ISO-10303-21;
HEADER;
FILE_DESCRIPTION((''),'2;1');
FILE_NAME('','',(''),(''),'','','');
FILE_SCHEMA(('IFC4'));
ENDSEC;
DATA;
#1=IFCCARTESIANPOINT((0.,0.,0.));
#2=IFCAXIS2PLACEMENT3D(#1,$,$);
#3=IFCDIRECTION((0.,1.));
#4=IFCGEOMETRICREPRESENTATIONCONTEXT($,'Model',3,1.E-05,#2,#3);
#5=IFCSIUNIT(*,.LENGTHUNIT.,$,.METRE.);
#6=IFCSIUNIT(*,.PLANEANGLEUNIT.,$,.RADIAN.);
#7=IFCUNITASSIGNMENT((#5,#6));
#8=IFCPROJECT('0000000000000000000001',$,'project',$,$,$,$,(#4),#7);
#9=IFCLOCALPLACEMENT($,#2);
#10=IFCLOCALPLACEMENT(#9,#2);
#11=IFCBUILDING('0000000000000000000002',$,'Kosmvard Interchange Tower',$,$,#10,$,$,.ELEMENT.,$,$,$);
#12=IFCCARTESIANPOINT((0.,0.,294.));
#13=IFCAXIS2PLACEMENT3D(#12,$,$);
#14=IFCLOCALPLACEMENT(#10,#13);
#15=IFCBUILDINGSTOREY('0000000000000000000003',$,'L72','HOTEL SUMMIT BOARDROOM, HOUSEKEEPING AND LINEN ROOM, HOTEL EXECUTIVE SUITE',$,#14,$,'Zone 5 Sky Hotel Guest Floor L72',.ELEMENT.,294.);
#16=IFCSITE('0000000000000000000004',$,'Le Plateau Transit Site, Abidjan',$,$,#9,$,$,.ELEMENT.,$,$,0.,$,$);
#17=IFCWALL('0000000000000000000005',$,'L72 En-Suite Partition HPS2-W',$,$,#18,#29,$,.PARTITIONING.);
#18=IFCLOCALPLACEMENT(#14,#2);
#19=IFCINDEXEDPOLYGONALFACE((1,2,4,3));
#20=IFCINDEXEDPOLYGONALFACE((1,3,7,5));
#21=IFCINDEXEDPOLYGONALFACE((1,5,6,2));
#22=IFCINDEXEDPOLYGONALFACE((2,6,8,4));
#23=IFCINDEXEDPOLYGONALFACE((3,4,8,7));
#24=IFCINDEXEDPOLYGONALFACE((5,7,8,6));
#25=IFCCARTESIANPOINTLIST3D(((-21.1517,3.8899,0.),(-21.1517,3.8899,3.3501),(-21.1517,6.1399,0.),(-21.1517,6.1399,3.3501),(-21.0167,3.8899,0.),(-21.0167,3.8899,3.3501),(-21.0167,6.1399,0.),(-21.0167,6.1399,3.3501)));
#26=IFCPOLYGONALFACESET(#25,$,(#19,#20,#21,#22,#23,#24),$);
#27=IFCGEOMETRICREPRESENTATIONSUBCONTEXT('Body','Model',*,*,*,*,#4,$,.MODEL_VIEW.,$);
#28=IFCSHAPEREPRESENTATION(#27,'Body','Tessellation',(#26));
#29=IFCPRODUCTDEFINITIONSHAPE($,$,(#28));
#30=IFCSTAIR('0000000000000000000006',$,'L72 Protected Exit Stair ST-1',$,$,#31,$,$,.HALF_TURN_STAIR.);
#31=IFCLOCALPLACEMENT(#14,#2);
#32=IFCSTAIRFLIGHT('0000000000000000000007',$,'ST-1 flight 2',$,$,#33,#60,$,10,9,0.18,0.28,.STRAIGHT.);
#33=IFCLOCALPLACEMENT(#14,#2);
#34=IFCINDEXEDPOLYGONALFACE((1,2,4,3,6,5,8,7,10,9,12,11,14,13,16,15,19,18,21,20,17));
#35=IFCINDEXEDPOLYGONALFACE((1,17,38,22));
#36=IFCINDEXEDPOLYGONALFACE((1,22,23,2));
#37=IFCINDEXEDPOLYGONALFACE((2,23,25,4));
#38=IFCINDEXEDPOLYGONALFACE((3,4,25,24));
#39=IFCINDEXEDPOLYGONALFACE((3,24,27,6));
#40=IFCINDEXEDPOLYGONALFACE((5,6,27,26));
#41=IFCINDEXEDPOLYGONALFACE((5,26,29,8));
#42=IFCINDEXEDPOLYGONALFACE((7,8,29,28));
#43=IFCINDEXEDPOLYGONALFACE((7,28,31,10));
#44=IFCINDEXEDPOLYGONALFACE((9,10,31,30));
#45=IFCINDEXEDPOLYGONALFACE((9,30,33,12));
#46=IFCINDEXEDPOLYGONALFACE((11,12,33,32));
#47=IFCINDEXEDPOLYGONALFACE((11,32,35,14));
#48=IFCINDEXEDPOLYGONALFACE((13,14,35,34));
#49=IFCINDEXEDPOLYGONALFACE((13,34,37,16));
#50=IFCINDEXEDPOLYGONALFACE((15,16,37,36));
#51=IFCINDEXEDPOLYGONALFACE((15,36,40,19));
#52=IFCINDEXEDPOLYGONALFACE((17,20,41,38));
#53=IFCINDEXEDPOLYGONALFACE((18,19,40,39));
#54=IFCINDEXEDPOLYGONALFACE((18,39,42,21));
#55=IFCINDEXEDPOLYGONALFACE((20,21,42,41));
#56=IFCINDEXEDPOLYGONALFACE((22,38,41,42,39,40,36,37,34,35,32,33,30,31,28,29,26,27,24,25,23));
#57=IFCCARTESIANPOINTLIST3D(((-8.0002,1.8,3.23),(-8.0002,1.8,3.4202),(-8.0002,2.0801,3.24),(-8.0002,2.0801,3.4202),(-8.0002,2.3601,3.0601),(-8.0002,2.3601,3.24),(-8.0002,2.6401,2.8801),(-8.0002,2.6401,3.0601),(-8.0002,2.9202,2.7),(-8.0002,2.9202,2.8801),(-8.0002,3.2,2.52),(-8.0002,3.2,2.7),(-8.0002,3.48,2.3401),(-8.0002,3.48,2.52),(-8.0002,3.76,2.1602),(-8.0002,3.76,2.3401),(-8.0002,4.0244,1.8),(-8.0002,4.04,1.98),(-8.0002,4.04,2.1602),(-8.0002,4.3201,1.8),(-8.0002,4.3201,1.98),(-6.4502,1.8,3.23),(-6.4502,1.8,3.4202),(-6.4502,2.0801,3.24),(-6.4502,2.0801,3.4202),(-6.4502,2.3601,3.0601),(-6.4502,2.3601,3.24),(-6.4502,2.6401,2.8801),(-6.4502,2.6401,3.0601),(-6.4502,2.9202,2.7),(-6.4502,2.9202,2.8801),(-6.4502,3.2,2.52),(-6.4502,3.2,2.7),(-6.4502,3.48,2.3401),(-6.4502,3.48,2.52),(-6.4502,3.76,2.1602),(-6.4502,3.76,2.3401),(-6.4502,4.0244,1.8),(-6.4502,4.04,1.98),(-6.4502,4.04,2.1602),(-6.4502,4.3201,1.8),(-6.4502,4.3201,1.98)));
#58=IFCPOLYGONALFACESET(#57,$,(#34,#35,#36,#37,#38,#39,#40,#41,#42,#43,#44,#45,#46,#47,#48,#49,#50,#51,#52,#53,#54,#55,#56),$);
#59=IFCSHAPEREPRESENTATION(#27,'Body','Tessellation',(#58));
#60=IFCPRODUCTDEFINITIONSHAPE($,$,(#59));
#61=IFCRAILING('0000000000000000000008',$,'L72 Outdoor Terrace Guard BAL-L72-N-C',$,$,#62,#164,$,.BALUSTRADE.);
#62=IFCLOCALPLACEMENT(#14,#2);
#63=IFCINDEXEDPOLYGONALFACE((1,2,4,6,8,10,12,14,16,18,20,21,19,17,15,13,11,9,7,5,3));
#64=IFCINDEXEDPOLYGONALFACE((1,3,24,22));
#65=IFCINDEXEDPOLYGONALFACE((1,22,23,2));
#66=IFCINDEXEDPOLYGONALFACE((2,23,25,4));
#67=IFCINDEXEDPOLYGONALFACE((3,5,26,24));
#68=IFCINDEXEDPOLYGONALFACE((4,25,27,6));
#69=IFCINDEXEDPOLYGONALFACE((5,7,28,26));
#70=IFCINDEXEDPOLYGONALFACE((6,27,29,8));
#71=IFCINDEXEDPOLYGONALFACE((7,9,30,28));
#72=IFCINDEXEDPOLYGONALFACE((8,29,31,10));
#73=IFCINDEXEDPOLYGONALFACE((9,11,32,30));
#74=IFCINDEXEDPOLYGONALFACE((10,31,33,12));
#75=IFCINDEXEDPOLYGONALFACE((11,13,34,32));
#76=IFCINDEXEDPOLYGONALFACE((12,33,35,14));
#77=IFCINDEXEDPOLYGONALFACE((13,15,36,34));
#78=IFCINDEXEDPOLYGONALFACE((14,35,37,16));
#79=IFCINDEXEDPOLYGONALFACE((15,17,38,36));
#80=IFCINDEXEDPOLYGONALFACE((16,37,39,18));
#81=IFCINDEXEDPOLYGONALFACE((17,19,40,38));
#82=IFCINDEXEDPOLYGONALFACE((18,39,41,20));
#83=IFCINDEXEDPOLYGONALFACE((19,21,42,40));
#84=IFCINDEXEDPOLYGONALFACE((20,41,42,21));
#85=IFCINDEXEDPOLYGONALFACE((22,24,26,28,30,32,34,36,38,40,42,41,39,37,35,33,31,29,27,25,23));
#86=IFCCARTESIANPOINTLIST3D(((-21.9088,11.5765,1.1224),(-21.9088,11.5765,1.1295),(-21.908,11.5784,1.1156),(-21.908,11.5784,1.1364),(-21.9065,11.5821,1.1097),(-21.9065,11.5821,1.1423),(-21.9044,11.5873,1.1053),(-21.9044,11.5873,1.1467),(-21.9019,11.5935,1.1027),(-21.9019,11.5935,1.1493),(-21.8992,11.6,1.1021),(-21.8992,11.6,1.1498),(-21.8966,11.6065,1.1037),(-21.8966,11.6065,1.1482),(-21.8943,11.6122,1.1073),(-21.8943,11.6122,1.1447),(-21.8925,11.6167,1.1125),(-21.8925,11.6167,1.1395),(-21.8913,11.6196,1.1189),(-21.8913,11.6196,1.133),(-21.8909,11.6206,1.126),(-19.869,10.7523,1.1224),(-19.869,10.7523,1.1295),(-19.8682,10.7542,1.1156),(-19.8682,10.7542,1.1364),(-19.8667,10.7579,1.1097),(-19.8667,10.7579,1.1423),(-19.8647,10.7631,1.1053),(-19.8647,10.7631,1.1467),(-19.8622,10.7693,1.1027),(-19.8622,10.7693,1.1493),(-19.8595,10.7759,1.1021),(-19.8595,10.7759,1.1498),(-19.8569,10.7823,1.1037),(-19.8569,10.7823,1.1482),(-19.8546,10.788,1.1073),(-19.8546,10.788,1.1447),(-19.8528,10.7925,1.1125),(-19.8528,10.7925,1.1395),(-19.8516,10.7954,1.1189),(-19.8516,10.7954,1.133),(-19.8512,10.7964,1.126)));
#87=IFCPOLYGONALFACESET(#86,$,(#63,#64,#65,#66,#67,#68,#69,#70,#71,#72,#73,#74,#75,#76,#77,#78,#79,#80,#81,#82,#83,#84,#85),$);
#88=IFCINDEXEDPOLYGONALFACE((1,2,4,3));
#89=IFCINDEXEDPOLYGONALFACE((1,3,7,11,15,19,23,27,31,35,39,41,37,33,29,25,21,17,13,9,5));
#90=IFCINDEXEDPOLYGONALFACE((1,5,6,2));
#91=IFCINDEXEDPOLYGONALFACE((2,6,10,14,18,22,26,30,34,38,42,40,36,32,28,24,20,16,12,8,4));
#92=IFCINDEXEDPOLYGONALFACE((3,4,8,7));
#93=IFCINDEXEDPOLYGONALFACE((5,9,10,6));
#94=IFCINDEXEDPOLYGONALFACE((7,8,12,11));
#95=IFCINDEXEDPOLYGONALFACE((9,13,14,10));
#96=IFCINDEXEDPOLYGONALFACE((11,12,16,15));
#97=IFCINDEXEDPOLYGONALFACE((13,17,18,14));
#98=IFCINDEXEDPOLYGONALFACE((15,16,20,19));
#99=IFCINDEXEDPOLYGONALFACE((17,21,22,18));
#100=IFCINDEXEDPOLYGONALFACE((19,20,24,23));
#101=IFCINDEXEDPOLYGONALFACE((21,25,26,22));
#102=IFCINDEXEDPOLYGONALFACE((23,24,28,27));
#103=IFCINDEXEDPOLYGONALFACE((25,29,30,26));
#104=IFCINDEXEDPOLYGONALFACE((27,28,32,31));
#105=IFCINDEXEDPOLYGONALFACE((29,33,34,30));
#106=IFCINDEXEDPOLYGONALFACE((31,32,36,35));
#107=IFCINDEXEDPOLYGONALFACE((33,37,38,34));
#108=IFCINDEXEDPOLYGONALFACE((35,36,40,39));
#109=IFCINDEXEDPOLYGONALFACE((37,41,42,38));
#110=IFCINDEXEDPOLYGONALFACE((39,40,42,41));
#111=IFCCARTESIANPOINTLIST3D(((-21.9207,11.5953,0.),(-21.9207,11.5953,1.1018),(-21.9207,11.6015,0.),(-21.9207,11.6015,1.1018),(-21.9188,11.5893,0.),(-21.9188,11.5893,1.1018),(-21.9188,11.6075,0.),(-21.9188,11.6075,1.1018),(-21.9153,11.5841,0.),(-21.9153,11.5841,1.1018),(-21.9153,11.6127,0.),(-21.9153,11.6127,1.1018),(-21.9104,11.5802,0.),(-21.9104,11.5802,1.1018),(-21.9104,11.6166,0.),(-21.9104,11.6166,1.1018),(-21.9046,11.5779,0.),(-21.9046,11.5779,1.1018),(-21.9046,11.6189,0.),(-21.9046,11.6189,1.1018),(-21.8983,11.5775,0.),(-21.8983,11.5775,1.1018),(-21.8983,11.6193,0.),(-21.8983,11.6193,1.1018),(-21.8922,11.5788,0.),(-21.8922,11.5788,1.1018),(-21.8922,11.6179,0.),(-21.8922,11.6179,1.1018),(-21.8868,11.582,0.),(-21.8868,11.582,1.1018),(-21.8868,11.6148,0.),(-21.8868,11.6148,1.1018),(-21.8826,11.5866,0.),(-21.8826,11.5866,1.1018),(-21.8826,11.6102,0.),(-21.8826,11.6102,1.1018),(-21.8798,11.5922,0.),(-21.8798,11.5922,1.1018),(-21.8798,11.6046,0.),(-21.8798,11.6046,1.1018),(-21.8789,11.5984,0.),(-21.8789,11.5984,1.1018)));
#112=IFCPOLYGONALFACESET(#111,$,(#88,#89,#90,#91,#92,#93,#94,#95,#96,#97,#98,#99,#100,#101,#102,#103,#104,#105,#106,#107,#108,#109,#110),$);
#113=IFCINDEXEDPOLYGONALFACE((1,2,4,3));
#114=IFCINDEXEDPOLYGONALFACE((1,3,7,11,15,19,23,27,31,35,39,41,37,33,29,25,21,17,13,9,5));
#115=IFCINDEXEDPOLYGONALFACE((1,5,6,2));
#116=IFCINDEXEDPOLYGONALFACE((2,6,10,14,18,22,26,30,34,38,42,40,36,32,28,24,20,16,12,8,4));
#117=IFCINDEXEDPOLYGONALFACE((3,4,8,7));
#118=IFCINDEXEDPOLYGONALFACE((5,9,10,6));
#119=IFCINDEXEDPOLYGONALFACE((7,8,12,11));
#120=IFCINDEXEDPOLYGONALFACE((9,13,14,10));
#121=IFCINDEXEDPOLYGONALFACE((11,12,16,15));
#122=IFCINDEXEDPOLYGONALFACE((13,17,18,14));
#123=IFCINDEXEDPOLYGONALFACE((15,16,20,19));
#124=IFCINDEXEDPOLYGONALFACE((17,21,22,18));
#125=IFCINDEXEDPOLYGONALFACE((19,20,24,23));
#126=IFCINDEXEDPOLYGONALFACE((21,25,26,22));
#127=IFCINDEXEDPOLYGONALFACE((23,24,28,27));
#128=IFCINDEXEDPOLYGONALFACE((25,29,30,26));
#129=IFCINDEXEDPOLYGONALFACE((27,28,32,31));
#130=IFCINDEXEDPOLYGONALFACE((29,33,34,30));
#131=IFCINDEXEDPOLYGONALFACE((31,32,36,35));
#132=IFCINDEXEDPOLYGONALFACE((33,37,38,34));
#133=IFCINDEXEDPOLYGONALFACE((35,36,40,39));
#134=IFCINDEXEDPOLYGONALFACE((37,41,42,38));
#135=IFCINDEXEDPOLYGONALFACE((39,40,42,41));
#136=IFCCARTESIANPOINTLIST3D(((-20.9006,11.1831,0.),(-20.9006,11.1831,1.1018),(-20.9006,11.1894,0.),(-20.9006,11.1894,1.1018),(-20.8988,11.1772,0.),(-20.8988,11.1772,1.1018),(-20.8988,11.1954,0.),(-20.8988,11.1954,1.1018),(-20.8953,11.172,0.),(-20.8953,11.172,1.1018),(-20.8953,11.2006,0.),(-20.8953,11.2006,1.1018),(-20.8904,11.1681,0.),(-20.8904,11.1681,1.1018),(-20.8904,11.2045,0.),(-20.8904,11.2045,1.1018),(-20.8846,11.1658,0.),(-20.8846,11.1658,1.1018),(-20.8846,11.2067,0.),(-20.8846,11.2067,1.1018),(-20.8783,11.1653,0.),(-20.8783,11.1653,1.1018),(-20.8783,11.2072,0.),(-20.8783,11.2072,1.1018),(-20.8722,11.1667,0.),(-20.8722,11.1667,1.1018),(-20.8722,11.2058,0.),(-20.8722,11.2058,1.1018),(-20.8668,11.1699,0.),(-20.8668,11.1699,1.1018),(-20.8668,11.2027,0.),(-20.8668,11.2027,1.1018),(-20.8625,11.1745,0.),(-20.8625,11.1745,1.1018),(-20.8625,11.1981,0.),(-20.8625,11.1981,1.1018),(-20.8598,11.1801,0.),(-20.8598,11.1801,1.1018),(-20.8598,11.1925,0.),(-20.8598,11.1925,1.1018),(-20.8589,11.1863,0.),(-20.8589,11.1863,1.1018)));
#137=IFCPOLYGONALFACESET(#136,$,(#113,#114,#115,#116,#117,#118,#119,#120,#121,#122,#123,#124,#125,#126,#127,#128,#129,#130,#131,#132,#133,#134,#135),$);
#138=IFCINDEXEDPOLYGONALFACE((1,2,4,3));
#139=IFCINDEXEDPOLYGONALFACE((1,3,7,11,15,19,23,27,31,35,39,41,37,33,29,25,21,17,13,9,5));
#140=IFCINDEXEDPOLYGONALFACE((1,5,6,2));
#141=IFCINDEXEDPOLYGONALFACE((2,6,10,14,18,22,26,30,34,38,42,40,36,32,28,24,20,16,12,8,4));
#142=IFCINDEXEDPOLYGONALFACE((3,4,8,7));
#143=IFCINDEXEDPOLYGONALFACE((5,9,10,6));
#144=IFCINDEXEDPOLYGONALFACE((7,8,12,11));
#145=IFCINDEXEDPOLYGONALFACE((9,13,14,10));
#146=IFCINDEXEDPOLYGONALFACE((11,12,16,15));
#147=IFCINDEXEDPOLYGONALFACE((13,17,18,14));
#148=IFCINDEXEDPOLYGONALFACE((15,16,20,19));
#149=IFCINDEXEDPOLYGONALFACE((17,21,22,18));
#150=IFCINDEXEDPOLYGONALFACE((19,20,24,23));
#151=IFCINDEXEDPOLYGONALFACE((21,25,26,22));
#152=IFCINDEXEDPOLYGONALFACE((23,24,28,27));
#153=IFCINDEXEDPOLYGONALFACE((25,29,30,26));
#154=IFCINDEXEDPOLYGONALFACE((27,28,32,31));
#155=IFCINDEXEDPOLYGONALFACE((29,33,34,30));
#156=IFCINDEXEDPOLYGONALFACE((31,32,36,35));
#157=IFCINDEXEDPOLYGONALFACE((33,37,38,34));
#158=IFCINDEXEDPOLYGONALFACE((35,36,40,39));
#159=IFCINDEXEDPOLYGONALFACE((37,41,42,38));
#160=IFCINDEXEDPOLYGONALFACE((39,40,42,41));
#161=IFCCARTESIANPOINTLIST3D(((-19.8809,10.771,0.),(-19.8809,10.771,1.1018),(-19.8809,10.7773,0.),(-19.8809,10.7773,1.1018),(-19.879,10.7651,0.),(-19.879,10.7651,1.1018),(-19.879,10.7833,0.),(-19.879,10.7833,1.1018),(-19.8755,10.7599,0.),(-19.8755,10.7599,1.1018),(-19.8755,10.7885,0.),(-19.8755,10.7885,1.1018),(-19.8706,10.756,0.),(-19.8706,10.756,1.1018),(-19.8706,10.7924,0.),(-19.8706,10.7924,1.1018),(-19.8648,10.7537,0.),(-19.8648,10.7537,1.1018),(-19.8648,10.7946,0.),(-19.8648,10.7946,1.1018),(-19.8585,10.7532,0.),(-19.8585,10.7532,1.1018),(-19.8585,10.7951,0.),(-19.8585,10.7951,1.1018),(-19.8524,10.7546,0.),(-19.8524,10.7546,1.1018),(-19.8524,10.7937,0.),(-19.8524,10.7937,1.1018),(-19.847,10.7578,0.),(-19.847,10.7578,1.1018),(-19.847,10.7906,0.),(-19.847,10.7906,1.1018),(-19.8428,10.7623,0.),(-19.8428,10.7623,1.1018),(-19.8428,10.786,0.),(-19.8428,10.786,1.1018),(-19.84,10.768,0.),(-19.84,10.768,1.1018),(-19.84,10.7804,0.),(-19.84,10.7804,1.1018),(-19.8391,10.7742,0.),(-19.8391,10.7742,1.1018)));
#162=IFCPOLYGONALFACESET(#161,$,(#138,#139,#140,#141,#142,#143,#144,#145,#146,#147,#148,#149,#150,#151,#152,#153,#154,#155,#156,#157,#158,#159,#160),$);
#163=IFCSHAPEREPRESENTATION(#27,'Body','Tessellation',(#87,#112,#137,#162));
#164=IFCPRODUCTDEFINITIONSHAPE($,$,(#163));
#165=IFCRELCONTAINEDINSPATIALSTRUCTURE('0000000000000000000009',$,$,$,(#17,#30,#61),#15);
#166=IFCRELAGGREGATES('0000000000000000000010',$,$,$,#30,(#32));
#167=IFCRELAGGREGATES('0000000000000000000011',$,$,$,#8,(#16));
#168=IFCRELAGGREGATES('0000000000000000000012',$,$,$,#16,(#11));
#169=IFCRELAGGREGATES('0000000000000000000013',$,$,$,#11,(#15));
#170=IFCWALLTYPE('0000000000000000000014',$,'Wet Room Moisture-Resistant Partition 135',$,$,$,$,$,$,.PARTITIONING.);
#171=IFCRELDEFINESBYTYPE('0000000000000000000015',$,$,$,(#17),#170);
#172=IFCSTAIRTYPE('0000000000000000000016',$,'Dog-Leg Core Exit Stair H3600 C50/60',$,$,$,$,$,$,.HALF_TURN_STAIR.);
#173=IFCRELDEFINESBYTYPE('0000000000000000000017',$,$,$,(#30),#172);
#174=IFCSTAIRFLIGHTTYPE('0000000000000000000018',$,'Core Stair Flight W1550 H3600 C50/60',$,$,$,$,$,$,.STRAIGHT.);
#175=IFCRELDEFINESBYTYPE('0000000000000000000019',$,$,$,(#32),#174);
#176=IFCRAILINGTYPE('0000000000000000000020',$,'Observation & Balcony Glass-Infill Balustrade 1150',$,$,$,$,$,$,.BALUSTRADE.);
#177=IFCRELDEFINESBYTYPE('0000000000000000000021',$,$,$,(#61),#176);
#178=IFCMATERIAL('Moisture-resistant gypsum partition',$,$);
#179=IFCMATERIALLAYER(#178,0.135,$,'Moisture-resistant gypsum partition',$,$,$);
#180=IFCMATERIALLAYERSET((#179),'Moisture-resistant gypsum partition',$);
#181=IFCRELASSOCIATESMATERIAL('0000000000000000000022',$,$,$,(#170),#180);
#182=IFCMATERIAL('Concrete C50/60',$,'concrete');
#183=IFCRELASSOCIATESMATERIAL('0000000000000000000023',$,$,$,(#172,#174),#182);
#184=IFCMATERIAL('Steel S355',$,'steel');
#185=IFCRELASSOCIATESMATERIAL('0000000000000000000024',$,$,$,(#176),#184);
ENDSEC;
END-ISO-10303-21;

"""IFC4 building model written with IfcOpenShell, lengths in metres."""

from ifc_helpers import new_model, si_unit, direction, frame, frame_2d, origin, origin_2d, place, context, subcontext, project, spatial, polyline, rectangle, circle, outline, extrude, source, transform, mapped, material, layer, layer_set, type_object, element, aggregate, save


model = new_model("IFC4")

# Units and contexts
model_context = context("Model", 3, precision=1e-05, world=origin(), true_north=direction((0.0, 1.0)))
body_context = subcontext(model_context, "Body", "Model", "MODEL_VIEW")
ifc_project = project(units=[si_unit("LENGTHUNIT", "METRE"), si_unit("PLANEANGLEUNIT", "RADIAN")], contexts=[model_context])

# Site, building, storey
site_placement = place(None, origin())
site = spatial("IfcSite", under=ifc_project, at=site_placement, Name="Le Plateau Transit Site, Abidjan", CompositionType="ELEMENT", RefElevation=0.0)
building_placement = place(site_placement, origin())
building = spatial("IfcBuilding", under=site, at=building_placement, Name="Kosmvard Interchange Tower", CompositionType="ELEMENT")
storey_placement = place(building_placement, frame((0.0, 0.0, 294.0)))
storey = spatial("IfcBuildingStorey", under=building, at=storey_placement, Name="L72", Description="HOTEL SUMMIT BOARDROOM, HOUSEKEEPING AND LINEN ROOM, HOTEL EXECUTIVE SUITE", LongName="Zone 5 Sky Hotel Guest Floor L72", CompositionType="ELEMENT", Elevation=294.0)

# Shared definitions
ifc_material_1 = material(Name="Concrete C50/60", Category="concrete")

# Shared definitions
ifc_material_2 = material(Name="Steel S355", Category="steel")

# Shared definitions
ifc_material_3 = material(Name="Moisture-resistant gypsum partition")
ifc_layer_1 = layer(ifc_material_3, 0.135, Name="Moisture-resistant gypsum partition")
ifc_layer_set_1 = layer_set([ifc_layer_1], Name="Moisture-resistant gypsum partition")
wall_type_1 = type_object("IfcWallType", Name="Wet Room Moisture-Resistant Partition 135", PredefinedType="PARTITIONING", material=ifc_layer_set_1)

# Wall
wall_1_placement = place(storey_placement, frame((-21.0842, 3.8899, 0.0), z_axis=(0.0, 0.0, 1.0), x_axis=(0.0, 1.0, 0.0)))
element("IfcWall", 1, at=wall_1_placement, inside=storey, type_object=wall_type_1, Name="L72 En-Suite Partition HPS2-W", PredefinedType="PARTITIONING", context=body_context, shape_type="SweptSolid", body=[
    extrude(rectangle(XDim=2.25, YDim=0.135, at=frame_2d((1.125, 0.0))), origin(), (0.0, 0.0, 1.0), 3.3501),
])

# Stair, stair flight
stair_type = type_object("IfcStairType", Name="Dog-Leg Core Exit Stair H3600 C50/60", PredefinedType="HALF_TURN_STAIR", material=ifc_material_1)
stair_placement = place(storey_placement, origin())
stair = element("IfcStair", 2, at=stair_placement, inside=storey, type_object=stair_type, Name="L72 Protected Exit Stair ST-1", PredefinedType="HALF_TURN_STAIR")
stair_flight_type = type_object("IfcStairFlightType", Name="Core Stair Flight W1550 H3600 C50/60", PredefinedType="STRAIGHT", material=ifc_material_1)
shared_shape_1 = source(origin(), body_context, "Body", "SweptSolid", [
    extrude(outline(polyline([(0.0, 0.0), (0.0, 0.1799), (0.28, 0.1799), (0.28, 0.3601), (0.5601, 0.3601), (0.5601, 0.54), (0.8401, 0.54), (0.8401, 0.72), (1.1201, 0.72), (1.1201, 0.8999), (1.3999, 0.8999), (1.3999, 1.0801), (1.6799, 1.0801), (1.6799, 1.26), (1.96, 1.26), (1.96, 1.4399), (2.24, 1.4399), (2.24, 1.6201), (2.52, 1.6201), (2.52, 1.8), (2.52, 1.4299), (0.2957, 0.0), (0.0, 0.0)])), frame((0.0, 0.7749, 0.0), z_axis=(0.0, -1.0, 0.0), x_axis=(1.0, 0.0, 0.0)), (0.0, 0.0, 1.0), 1.55),
])
stair_flight_placement = place(storey_placement, frame((-7.2251, 4.3201, 1.8), z_axis=(0.0, 0.0, 1.0), x_axis=(0.0, -1.0, 0.0)))
stair_flight = element("IfcStairFlight", 3, at=stair_flight_placement, type_object=stair_flight_type, Name="ST-1 flight 2", NumberOfRisers=10, NumberOfTreads=9, PredefinedType="STRAIGHT", RiserHeight=0.18, TreadLength=0.28, context=body_context, shape_type="MappedRepresentation", body=[
    mapped(shared_shape_1, transform((0.0, 0.0, 0.0), scale=1.0)),
])
aggregate(stair, [stair_flight])

# Railing
railing_type_1 = type_object("IfcRailingType", Name="Observation & Balcony Glass-Infill Balustrade 1150", PredefinedType="BALUSTRADE", material=ifc_material_2)
shared_shape_2 = source(origin(), body_context, "Body", "SweptSolid", [
    extrude(circle(Radius=0.0239, at=origin_2d()), frame((0.0, 0.0, 1.126), z_axis=(0.92717, -0.374641, 0.0), x_axis=(0.374641, 0.92717, 0.0)), (0.0, 0.0, 1.0), 2.2),
    extrude(circle(Radius=0.021, at=origin_2d()), origin(), (0.0, 0.0, 1.0), 1.1018),
    extrude(circle(Radius=0.021, at=origin_2d()), frame((1.02, -0.4121, 0.0)), (0.0, 0.0, 1.0), 1.1018),
    extrude(circle(Radius=0.021, at=origin_2d()), frame((2.0398, -0.8242, 0.0)), (0.0, 0.0, 1.0), 1.1018),
])
railing_1_placement = place(storey_placement, frame((-21.8999, 11.5984, 0.0)))
element("IfcRailing", 4, at=railing_1_placement, inside=storey, type_object=railing_type_1, Name="L72 Outdoor Terrace Guard BAL-L72-N-C", PredefinedType="BALUSTRADE", context=body_context, shape_type="MappedRepresentation", body=[
    mapped(shared_shape_2, transform((0.0, 0.0, 0.0), scale=1.0)),
])

save(model, "model.ifc")
